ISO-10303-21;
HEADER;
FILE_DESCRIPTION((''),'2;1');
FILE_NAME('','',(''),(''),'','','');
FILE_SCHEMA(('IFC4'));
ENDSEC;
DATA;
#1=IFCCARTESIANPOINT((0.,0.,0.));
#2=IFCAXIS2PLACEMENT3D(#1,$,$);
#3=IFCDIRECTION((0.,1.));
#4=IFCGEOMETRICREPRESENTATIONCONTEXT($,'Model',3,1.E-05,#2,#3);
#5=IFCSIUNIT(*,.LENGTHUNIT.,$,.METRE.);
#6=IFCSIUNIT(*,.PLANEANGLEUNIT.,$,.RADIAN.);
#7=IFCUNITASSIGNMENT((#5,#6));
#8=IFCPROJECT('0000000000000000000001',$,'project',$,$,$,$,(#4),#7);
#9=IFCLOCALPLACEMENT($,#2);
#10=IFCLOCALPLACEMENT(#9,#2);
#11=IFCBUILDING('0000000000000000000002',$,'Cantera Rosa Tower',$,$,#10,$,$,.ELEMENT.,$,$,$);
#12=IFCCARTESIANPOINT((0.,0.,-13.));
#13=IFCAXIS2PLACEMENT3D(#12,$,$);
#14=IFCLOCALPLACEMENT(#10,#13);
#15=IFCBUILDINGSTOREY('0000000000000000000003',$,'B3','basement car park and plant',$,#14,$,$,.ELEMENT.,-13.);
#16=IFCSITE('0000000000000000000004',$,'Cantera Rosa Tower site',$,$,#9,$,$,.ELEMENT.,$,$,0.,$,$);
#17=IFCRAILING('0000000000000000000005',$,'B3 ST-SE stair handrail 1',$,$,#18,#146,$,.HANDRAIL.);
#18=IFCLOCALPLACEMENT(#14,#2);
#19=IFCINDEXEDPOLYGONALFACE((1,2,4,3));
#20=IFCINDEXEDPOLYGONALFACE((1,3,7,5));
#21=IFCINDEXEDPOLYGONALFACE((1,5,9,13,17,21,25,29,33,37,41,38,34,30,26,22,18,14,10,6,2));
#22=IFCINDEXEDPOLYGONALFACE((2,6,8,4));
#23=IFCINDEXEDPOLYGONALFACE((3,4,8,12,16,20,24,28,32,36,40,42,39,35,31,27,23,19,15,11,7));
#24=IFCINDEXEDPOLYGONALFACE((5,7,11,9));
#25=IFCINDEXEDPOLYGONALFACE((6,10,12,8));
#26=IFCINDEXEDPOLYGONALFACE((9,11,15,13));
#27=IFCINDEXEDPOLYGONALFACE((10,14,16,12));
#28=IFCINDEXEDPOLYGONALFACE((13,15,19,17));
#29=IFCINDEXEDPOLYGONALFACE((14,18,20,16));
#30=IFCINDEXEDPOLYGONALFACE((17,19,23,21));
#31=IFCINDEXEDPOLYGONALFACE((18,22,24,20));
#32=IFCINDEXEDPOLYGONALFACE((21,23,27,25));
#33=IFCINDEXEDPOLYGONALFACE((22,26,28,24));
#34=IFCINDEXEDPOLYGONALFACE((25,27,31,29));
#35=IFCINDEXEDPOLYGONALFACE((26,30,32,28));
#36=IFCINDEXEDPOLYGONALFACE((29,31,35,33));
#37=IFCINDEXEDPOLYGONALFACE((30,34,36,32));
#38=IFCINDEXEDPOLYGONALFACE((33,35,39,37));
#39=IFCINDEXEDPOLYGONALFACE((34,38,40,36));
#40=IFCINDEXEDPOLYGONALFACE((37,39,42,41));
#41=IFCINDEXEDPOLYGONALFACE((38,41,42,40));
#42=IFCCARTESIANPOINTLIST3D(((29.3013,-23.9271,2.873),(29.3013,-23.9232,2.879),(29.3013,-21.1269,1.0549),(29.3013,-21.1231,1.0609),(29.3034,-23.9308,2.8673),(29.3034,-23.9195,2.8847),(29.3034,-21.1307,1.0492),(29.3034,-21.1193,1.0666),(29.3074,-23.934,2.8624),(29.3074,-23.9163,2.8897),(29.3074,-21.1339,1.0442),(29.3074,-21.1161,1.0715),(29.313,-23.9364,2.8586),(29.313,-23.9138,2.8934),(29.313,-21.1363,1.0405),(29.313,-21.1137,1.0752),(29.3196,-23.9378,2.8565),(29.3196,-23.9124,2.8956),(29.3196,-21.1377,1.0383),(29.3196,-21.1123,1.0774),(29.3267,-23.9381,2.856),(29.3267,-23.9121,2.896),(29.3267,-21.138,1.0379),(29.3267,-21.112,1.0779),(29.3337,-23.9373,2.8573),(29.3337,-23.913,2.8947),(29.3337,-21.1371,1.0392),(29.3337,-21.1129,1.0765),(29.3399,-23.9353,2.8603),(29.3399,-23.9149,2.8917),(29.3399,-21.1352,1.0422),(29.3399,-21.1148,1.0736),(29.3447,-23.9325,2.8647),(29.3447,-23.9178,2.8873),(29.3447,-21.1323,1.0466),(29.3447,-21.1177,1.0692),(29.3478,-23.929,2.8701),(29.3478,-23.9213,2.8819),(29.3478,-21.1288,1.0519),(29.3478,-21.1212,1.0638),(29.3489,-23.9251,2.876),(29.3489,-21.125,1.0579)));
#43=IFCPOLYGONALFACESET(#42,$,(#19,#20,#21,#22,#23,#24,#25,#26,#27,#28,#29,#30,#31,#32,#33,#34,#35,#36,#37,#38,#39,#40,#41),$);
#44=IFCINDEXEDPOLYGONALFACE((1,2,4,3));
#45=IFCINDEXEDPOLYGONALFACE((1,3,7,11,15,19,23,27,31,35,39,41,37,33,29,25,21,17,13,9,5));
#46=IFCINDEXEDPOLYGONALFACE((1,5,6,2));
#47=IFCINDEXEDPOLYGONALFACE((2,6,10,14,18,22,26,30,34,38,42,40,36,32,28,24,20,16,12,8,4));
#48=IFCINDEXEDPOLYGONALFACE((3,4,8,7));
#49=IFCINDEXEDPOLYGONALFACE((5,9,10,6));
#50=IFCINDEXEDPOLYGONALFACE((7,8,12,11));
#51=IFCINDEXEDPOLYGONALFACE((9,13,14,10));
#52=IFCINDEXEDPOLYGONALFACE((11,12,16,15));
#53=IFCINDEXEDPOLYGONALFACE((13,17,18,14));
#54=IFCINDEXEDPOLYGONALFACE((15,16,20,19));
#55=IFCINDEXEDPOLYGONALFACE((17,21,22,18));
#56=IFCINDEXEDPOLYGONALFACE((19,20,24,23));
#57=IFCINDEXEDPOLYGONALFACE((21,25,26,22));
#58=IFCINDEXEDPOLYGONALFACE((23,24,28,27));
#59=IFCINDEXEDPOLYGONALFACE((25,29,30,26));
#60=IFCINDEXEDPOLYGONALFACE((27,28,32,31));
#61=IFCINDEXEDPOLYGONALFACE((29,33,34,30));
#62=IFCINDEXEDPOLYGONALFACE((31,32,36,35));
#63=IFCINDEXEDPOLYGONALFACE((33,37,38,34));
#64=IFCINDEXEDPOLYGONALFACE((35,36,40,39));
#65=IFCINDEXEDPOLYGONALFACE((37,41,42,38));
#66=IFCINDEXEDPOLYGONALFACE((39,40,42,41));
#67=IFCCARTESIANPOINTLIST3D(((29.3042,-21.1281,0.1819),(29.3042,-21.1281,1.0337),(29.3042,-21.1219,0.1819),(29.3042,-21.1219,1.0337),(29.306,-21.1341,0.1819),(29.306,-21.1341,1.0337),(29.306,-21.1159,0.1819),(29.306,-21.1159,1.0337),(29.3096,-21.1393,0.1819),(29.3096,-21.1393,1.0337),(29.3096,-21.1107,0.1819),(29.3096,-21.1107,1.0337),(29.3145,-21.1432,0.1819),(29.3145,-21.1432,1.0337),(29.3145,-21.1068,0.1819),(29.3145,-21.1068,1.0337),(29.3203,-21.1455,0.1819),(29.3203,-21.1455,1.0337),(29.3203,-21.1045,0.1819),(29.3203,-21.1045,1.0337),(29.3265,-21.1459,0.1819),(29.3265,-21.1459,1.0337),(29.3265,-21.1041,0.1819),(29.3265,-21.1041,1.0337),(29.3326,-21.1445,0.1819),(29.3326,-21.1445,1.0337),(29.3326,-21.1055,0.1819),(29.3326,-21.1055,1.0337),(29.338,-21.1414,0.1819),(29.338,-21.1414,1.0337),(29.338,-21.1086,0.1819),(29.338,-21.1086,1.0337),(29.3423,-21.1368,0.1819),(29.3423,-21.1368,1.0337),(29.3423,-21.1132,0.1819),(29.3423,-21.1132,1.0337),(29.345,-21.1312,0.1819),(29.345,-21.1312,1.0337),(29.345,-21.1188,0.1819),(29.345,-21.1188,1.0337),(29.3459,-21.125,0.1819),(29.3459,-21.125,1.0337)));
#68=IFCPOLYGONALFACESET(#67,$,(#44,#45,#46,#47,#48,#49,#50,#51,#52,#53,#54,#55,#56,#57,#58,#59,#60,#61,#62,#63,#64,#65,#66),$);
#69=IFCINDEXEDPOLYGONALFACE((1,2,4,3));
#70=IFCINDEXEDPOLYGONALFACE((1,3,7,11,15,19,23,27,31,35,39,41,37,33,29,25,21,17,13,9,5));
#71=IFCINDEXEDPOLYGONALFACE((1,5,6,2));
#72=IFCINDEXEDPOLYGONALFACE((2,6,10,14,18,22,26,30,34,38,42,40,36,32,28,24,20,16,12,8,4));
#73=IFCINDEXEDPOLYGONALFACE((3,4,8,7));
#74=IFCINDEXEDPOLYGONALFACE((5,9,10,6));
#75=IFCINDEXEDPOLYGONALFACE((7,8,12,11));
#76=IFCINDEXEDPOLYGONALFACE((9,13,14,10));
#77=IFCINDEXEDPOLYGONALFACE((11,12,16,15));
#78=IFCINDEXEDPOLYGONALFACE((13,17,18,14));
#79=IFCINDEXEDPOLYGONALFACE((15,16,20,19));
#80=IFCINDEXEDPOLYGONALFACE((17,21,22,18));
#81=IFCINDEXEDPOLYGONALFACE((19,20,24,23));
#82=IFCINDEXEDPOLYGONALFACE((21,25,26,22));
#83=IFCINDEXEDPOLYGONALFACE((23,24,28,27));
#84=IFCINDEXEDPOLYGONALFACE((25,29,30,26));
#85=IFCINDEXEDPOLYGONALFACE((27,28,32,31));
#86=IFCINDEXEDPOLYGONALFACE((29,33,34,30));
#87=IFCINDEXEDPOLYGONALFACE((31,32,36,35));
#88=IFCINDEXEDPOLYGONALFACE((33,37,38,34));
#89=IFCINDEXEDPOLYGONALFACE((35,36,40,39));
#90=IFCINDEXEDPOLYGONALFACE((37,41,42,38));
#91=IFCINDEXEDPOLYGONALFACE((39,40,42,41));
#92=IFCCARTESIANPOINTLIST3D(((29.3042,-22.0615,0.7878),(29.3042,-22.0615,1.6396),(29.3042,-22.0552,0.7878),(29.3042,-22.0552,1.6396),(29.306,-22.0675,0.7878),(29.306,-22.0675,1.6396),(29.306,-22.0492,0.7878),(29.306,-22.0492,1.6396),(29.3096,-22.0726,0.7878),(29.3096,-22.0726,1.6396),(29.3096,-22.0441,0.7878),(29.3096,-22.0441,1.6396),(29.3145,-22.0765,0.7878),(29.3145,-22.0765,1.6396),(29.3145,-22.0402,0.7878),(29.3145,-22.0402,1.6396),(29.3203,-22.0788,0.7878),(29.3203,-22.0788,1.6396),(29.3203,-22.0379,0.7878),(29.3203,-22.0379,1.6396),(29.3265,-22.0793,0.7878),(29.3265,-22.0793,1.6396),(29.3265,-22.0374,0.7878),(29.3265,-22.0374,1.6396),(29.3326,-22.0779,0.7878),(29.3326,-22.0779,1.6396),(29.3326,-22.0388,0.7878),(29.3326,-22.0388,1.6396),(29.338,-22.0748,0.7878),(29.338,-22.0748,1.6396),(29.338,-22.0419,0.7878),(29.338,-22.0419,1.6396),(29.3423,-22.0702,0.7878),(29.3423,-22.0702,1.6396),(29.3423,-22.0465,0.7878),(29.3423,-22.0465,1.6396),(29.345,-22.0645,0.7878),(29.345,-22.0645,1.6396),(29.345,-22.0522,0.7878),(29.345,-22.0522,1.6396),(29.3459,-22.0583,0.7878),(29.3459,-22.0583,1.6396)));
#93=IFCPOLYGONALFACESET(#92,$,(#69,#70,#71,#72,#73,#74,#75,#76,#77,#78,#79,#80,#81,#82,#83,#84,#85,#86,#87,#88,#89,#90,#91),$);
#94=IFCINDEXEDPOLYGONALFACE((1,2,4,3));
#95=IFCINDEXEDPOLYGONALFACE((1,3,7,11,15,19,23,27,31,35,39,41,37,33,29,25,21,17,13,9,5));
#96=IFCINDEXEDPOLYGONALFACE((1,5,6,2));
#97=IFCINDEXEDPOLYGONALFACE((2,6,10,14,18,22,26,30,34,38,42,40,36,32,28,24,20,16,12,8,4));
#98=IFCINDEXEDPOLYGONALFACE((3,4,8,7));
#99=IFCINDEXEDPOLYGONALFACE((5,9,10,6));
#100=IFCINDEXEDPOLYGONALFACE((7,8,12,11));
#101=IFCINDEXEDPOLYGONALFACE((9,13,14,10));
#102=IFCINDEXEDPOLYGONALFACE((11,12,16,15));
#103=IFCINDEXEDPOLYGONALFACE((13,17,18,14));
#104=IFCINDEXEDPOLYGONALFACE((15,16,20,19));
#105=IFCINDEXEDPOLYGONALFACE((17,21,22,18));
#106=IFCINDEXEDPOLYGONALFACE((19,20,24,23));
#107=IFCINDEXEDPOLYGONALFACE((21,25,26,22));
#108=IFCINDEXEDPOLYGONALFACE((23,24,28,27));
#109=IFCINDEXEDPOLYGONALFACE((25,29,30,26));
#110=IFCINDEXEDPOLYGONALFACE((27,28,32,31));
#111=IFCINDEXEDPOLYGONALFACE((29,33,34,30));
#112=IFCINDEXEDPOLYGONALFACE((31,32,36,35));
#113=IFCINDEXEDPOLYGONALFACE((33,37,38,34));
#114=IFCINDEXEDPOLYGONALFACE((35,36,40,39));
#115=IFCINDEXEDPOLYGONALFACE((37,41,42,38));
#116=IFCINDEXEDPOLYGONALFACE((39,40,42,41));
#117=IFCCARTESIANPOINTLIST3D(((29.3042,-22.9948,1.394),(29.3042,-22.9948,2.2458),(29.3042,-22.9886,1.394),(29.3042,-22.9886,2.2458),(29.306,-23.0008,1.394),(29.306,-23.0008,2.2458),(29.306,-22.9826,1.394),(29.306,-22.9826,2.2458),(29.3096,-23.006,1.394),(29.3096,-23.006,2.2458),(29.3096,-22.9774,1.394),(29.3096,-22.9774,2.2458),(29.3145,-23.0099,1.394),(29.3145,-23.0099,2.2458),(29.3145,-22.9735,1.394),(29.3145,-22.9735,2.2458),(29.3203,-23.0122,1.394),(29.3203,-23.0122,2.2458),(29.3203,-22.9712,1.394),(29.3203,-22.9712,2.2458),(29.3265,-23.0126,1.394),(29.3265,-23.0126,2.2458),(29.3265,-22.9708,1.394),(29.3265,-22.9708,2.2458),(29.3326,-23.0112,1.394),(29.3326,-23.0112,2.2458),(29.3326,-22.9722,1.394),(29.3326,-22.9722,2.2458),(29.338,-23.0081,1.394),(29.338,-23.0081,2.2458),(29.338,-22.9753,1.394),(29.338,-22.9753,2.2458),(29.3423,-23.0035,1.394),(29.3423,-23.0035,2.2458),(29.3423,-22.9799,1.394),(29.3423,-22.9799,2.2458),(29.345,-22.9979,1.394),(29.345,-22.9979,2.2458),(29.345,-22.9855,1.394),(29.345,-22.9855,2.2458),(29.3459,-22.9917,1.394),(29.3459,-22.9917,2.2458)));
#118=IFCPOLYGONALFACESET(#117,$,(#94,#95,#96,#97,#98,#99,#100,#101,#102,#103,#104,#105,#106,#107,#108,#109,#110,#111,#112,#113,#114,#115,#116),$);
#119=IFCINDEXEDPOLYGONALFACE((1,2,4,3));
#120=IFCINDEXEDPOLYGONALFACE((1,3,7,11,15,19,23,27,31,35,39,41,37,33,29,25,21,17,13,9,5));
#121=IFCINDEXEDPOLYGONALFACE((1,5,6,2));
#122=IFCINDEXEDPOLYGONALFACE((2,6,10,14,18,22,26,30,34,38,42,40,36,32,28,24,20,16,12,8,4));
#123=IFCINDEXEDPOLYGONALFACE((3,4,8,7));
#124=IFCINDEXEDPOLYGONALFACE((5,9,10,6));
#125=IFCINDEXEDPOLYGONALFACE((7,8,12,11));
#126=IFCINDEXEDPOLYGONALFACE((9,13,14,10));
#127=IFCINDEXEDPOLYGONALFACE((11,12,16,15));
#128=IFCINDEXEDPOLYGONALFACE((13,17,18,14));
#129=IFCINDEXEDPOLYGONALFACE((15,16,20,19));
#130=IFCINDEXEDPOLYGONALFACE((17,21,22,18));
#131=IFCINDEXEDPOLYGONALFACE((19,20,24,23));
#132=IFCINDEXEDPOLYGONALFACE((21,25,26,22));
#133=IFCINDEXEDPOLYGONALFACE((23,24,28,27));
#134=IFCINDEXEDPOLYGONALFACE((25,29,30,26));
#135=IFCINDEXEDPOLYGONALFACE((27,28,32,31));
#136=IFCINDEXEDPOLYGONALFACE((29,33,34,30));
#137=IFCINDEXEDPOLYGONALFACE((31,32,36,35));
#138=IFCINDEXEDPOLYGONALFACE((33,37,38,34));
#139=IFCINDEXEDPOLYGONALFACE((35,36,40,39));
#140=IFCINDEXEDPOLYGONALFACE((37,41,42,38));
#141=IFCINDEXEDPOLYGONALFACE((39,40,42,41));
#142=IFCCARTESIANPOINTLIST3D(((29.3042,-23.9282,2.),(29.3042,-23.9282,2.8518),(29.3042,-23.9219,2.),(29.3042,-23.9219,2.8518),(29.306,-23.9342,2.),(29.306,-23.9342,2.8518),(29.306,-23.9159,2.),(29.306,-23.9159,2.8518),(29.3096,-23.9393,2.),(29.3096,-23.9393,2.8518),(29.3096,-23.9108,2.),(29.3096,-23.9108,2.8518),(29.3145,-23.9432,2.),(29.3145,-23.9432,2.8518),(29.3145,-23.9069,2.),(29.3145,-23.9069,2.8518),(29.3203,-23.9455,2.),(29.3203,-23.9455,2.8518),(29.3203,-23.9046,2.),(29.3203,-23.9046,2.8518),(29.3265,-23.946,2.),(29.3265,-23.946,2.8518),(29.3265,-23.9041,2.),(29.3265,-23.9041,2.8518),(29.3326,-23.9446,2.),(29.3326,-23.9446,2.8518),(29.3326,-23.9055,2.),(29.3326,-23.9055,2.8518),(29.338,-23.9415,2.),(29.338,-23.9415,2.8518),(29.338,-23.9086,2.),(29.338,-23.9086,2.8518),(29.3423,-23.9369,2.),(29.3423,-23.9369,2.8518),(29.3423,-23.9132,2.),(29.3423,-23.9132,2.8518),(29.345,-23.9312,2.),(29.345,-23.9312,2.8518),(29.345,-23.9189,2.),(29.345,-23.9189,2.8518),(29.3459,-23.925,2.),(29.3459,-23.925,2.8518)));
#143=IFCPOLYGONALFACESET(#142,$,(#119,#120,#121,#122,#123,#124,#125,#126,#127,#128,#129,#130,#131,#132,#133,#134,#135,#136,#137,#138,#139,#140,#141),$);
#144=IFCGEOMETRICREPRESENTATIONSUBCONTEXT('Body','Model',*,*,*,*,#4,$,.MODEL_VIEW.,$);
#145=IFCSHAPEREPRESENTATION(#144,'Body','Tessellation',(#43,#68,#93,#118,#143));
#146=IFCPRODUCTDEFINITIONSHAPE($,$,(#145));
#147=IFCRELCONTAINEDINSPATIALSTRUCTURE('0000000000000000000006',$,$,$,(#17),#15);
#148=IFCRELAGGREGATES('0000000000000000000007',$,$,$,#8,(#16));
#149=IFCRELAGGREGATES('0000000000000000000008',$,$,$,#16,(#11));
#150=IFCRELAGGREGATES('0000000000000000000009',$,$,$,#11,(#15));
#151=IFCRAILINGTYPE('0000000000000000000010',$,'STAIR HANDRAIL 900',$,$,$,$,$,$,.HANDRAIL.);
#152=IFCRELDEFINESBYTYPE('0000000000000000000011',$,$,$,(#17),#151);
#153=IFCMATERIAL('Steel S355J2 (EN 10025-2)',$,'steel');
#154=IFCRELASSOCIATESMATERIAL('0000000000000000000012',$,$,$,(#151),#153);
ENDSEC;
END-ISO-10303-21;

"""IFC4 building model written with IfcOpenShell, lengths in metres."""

from ifc_helpers import new_model, si_unit, direction, frame, origin, origin_2d, place, context, subcontext, project, spatial, circle, extrude, material, type_object, element, save


model = new_model("IFC4")

# Units and contexts
model_context = context("Model", 3, precision=1e-05, world=origin(), true_north=direction((0.0, 1.0)))
body_context = subcontext(model_context, "Body", "Model", "MODEL_VIEW")
ifc_project = project(units=[si_unit("LENGTHUNIT", "METRE"), si_unit("PLANEANGLEUNIT", "RADIAN")], contexts=[model_context])

# Site, building, storey
site_placement = place(None, origin())
site = spatial("IfcSite", under=ifc_project, at=site_placement, Name="Cantera Rosa Tower site", CompositionType="ELEMENT", RefElevation=0.0)
building_placement = place(site_placement, origin())
building = spatial("IfcBuilding", under=site, at=building_placement, Name="Cantera Rosa Tower", CompositionType="ELEMENT")
storey_placement = place(building_placement, frame((0.0, 0.0, -13.0)))
storey = spatial("IfcBuildingStorey", under=building, at=storey_placement, Name="B3", Description="basement car park and plant", CompositionType="ELEMENT", Elevation=-13.0)

# Railing
ifc_material_1 = material(Name="Steel S355J2 (EN 10025-2)", Category="steel")
railing_type_1 = type_object("IfcRailingType", Name="STAIR HANDRAIL 900", PredefinedType="HANDRAIL", material=ifc_material_1)
railing_1_placement = place(storey_placement, frame((29.325, -21.125, 0.1819)))
element("IfcRailing", 1, at=railing_1_placement, inside=storey, type_object=railing_type_1, Name="B3 ST-SE stair handrail 1", PredefinedType="HANDRAIL", context=body_context, shape_type="SweptSolid", body=[
    extrude(circle(Radius=0.0239, at=origin_2d()), frame((0.0, 0.0, 0.876), z_axis=(0.0, -0.838706, 0.544585), x_axis=(1.0, 0.0, 0.0)), (0.0, 0.0, 1.0), 3.3386),
    extrude(circle(Radius=0.021, at=origin_2d()), origin(), (0.0, 0.0, 1.0), 0.8518),
    extrude(circle(Radius=0.021, at=origin_2d()), frame((0.0, -0.9333, 0.606)), (0.0, 0.0, 1.0), 0.8518),
    extrude(circle(Radius=0.021, at=origin_2d()), frame((0.0, -1.8667, 1.2122)), (0.0, 0.0, 1.0), 0.8518),
    extrude(circle(Radius=0.021, at=origin_2d()), frame((0.0, -2.8, 1.8181)), (0.0, 0.0, 1.0), 0.8518),
])

save(model, "model.ifc")
